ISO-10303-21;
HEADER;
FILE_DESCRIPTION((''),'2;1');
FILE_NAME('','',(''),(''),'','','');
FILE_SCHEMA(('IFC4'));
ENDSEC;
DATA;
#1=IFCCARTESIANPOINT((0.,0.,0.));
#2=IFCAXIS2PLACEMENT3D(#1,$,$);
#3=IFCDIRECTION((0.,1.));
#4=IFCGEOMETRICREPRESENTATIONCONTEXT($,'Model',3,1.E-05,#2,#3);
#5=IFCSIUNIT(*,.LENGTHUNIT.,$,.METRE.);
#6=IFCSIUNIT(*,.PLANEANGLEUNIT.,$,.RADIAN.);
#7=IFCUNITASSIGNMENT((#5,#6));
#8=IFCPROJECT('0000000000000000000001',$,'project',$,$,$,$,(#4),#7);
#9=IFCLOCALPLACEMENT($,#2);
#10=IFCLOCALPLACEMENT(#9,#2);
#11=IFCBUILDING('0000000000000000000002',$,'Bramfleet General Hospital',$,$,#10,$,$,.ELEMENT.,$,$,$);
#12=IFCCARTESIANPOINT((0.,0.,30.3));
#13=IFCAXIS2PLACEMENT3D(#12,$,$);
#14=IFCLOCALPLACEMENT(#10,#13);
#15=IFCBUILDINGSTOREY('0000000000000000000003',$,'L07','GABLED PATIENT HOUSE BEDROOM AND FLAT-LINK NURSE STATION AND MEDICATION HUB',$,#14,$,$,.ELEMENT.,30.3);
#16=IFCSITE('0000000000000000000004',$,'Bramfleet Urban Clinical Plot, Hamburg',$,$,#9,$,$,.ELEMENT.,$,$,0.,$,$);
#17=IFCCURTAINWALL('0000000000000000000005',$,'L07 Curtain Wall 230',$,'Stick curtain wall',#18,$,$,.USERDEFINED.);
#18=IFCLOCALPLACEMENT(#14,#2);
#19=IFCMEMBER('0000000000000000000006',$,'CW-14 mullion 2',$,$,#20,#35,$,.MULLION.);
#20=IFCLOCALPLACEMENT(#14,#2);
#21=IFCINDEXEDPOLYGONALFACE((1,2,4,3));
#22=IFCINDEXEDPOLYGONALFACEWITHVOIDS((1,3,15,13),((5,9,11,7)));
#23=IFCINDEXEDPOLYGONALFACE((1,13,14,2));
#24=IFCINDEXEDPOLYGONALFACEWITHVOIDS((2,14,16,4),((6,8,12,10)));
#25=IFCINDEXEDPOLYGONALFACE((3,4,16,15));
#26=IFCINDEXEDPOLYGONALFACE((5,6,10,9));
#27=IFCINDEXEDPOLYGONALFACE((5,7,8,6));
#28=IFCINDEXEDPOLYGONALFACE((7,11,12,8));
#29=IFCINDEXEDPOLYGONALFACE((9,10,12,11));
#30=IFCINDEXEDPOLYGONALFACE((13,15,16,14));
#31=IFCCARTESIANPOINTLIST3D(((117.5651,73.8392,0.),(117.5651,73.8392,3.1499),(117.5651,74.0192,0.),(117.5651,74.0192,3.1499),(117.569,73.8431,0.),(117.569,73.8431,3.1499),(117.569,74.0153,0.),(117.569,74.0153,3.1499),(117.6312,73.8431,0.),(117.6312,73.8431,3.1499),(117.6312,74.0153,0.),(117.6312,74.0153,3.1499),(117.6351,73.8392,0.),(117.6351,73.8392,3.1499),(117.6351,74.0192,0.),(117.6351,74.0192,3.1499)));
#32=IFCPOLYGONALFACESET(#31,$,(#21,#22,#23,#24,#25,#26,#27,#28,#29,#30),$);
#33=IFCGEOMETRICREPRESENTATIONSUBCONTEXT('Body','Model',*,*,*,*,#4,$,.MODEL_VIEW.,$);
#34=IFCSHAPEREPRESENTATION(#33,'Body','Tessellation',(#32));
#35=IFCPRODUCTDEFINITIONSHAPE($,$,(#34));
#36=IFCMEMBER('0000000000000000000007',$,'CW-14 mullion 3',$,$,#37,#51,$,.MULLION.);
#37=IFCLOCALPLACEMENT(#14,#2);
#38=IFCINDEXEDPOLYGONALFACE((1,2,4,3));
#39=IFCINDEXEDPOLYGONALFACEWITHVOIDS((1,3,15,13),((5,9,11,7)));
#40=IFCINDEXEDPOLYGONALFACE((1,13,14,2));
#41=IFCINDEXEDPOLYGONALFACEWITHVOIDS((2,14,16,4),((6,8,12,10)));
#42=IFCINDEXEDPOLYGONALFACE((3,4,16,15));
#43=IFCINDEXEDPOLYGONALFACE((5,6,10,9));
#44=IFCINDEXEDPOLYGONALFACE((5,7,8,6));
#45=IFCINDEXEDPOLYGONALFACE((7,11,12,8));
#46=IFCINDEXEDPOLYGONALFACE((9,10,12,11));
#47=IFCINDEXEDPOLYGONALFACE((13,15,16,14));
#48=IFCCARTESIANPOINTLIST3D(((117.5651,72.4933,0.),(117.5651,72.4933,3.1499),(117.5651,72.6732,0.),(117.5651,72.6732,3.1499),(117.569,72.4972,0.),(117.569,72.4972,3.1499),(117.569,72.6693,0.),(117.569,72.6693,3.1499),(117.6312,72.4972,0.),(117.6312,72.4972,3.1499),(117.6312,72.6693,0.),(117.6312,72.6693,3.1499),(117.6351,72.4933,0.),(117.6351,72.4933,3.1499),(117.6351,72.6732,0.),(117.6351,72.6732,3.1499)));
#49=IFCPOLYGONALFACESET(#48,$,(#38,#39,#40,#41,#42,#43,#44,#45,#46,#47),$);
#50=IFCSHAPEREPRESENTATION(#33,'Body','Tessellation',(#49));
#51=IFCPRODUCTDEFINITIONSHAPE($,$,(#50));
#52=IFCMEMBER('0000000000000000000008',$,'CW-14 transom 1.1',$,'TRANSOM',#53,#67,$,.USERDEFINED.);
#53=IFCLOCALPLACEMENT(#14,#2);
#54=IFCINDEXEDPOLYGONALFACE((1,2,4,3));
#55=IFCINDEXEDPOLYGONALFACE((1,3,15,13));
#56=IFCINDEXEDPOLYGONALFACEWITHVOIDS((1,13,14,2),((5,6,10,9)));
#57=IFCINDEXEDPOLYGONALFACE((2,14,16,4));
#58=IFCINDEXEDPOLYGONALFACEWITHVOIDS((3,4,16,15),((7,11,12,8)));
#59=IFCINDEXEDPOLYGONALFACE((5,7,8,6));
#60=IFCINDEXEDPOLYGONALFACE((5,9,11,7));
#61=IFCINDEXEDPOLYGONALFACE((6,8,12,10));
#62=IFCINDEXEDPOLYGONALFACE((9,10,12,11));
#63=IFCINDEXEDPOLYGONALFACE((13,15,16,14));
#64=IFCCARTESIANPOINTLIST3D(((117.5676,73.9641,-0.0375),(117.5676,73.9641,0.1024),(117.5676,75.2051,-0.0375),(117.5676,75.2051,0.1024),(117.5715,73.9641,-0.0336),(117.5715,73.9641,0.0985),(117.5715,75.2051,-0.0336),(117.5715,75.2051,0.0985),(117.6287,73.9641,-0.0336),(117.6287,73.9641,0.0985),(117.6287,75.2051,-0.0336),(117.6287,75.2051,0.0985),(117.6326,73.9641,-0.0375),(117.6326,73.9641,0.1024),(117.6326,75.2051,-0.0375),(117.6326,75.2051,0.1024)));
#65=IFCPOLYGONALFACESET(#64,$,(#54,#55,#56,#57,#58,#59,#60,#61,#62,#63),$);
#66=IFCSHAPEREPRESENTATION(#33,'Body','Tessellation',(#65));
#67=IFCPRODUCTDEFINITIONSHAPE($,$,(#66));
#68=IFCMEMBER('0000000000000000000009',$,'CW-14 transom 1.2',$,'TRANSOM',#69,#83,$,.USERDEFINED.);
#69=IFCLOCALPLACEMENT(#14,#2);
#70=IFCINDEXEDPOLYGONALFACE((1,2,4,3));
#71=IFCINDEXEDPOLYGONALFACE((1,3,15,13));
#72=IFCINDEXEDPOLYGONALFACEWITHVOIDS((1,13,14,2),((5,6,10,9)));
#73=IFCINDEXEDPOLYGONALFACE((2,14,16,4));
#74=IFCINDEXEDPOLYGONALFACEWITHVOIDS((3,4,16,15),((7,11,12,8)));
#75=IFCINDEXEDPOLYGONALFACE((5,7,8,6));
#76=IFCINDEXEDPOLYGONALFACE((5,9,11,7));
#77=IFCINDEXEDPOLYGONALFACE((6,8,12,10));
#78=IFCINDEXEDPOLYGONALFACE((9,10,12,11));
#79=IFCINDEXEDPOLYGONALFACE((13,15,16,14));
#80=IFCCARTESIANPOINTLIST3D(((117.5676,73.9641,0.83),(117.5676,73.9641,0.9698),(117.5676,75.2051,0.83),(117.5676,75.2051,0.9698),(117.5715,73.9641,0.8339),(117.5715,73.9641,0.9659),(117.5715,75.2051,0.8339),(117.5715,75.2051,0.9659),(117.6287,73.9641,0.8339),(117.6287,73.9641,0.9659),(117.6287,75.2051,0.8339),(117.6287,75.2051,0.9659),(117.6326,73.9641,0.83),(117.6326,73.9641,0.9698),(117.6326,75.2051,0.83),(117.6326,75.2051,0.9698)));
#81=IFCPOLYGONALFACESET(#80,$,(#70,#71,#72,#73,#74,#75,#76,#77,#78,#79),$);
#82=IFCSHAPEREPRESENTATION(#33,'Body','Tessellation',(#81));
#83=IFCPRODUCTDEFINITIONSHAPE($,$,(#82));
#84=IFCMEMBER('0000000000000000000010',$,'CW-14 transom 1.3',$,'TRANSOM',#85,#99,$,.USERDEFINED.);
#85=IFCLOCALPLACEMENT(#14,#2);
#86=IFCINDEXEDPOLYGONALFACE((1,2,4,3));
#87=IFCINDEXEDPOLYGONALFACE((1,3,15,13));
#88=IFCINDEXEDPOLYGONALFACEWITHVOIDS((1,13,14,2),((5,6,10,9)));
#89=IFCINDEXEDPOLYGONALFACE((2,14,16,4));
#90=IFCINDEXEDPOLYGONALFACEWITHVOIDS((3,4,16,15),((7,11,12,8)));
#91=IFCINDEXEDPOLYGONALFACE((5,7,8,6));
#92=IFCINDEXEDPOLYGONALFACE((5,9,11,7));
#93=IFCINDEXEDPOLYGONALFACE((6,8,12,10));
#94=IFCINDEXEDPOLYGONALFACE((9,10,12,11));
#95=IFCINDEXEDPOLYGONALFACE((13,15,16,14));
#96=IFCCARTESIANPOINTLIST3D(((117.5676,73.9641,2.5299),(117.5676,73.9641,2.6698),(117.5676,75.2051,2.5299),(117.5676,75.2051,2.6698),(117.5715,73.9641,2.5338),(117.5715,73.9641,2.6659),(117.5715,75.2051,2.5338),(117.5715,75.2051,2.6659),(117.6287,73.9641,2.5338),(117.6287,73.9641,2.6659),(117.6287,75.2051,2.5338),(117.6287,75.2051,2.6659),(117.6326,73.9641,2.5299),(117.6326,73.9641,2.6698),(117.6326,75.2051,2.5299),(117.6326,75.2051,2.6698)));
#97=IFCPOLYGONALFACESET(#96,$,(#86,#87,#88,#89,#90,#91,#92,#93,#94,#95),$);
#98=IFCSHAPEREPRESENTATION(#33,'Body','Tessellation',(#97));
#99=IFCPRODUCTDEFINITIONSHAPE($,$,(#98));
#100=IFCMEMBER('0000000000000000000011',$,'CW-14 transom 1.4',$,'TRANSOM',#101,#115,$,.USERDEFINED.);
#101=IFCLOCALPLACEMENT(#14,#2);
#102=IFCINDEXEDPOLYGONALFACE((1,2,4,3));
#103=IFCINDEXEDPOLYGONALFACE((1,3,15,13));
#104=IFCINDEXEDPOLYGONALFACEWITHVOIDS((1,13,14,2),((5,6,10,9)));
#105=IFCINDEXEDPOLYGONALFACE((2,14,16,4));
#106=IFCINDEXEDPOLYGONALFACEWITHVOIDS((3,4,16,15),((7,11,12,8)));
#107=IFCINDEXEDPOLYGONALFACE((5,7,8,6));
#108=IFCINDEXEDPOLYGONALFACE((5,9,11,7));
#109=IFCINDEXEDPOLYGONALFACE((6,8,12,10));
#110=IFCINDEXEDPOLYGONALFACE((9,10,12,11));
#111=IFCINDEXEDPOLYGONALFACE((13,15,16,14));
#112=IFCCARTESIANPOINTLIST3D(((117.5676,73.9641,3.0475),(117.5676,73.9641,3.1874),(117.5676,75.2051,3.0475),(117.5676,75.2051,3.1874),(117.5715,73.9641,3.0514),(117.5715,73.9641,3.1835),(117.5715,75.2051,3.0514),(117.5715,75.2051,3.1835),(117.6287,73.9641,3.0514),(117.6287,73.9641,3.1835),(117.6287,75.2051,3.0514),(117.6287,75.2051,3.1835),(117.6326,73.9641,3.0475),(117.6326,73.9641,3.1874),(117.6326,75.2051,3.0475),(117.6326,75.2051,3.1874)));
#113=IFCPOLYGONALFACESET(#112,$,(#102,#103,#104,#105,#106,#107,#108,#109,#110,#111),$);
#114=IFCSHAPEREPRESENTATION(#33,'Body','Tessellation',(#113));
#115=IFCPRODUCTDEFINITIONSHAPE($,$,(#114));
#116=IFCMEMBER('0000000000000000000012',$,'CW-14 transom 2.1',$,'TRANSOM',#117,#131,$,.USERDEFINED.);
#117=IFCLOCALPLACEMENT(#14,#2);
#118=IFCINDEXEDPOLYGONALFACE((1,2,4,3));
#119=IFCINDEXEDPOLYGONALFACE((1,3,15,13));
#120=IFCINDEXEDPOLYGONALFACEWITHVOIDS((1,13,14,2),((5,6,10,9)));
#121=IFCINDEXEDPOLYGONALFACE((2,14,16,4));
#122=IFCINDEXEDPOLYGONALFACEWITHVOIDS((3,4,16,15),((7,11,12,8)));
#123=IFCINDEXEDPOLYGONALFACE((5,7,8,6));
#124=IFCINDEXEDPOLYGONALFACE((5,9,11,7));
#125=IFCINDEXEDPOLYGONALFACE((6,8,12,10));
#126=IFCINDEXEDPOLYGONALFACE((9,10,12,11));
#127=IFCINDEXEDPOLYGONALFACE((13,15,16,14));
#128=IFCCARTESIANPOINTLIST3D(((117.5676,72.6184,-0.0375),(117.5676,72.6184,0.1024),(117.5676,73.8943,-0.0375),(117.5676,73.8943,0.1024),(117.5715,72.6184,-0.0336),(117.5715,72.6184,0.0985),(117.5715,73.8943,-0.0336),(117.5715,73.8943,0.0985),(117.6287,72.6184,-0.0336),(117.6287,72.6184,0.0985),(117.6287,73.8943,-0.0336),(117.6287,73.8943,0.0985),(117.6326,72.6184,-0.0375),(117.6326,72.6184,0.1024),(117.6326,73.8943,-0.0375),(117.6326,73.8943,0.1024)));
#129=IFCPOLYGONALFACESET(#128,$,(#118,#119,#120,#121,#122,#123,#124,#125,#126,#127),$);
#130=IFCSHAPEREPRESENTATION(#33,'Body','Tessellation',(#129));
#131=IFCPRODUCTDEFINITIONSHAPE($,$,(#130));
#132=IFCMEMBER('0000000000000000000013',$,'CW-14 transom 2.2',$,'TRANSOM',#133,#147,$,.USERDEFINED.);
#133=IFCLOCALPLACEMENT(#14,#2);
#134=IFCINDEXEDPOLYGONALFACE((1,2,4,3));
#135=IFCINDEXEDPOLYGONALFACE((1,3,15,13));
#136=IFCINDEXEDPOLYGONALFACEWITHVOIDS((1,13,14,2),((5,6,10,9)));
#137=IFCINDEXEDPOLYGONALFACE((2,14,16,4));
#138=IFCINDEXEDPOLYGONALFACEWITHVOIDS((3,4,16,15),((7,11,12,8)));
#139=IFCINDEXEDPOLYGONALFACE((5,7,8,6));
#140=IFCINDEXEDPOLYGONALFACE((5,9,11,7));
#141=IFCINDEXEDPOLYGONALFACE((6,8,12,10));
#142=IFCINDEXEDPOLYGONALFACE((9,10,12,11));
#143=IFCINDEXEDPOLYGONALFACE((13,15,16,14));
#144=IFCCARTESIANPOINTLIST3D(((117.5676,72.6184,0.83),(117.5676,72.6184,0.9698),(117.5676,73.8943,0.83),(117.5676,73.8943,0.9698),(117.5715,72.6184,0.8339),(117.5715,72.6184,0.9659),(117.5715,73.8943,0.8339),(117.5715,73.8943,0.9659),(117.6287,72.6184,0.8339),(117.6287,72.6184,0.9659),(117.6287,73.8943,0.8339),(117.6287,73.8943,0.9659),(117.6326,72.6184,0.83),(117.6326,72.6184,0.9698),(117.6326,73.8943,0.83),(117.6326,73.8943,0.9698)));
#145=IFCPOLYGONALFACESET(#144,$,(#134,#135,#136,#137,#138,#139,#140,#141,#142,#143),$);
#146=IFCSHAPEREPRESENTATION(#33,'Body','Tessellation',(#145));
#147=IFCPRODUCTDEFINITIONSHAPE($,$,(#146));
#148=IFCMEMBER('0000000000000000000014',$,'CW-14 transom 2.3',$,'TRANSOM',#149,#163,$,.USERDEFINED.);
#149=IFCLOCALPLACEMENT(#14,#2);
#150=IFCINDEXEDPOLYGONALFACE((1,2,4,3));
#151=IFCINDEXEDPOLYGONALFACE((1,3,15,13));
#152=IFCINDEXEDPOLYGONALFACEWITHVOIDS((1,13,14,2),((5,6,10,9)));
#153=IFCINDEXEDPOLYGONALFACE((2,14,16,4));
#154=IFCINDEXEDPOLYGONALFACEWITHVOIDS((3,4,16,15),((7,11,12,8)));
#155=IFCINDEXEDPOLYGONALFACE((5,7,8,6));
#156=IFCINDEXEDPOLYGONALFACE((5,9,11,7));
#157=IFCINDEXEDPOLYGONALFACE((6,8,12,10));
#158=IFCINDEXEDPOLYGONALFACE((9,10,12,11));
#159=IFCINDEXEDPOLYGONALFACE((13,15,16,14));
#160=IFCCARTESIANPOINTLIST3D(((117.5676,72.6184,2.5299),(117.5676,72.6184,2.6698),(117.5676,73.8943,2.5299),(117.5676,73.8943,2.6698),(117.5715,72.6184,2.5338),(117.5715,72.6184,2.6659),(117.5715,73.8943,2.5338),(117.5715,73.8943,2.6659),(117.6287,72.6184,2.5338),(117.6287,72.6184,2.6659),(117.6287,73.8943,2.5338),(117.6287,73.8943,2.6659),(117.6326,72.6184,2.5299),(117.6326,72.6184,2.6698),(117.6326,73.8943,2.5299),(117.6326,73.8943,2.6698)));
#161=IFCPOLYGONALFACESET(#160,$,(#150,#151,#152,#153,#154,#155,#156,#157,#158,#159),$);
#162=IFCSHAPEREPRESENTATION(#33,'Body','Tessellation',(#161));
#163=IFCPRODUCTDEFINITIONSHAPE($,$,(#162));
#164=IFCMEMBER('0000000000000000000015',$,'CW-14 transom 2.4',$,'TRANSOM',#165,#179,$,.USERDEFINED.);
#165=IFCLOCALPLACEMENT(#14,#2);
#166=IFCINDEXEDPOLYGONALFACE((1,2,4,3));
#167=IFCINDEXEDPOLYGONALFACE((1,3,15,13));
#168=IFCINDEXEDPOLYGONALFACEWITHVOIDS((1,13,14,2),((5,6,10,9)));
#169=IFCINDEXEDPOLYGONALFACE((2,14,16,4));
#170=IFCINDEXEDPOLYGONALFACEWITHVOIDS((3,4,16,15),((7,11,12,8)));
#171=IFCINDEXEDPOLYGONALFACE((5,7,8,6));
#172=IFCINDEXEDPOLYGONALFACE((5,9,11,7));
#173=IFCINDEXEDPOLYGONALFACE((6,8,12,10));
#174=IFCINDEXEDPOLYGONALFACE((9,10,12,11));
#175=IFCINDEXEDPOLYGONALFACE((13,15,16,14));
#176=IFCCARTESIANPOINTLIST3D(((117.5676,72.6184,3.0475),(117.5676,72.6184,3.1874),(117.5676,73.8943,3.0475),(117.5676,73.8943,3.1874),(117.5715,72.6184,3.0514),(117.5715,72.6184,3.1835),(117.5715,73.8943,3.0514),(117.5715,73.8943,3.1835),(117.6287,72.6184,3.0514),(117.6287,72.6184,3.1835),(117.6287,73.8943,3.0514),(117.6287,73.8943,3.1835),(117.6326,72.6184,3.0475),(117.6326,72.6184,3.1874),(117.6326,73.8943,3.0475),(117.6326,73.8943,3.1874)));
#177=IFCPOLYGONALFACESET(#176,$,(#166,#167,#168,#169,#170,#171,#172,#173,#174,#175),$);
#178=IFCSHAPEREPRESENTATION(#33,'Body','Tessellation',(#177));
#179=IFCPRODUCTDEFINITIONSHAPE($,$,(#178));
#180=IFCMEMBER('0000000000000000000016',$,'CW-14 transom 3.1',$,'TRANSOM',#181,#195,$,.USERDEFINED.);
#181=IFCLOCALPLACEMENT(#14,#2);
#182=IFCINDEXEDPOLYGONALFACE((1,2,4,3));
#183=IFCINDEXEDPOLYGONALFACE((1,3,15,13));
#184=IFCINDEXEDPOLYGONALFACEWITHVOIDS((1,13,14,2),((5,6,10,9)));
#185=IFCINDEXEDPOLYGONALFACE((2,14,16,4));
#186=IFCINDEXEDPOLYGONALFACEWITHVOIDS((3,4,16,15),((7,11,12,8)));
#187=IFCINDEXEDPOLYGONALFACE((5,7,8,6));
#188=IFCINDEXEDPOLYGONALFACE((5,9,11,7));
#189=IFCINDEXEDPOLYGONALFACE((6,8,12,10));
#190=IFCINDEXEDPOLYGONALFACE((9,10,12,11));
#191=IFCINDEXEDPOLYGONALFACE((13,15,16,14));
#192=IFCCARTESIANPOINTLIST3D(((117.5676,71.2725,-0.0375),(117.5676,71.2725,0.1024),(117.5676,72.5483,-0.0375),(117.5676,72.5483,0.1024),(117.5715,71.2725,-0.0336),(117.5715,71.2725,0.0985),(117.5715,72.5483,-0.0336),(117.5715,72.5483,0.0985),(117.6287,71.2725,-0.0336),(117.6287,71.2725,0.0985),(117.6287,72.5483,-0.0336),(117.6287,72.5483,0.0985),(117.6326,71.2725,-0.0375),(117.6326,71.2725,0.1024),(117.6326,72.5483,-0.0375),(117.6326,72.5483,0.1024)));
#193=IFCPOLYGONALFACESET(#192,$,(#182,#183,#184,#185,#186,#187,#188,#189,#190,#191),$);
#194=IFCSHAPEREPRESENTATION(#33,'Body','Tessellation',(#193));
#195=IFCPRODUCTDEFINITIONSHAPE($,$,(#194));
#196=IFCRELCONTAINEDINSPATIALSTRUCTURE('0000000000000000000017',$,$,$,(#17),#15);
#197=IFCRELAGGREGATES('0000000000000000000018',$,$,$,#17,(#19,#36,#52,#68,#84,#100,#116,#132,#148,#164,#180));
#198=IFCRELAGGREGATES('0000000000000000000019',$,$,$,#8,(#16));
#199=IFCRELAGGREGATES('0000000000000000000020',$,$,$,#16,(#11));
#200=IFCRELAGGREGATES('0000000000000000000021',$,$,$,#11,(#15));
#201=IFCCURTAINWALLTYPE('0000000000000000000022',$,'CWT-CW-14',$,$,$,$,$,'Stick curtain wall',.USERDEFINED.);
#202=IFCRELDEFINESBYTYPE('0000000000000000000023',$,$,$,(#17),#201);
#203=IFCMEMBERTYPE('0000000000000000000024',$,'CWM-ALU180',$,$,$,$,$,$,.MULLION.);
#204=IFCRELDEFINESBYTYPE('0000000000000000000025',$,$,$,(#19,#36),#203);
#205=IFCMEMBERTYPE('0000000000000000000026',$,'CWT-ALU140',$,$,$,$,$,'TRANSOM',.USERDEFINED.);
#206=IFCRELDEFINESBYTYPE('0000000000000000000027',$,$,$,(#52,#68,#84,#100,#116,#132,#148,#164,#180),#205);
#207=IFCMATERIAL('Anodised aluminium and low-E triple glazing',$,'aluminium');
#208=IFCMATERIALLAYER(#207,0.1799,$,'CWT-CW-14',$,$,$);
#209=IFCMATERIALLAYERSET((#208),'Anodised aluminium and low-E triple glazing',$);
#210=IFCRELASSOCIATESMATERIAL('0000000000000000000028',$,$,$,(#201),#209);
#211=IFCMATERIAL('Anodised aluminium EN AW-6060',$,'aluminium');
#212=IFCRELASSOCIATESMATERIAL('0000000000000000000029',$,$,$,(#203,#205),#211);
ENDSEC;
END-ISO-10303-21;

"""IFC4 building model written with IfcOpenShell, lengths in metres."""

from ifc_helpers import new_model, si_unit, direction, frame, origin, origin_2d, place, context, subcontext, project, spatial, hollow_rectangle, extrude, material, layer, layer_set, material_profile, profile_set, type_object, element, aggregate, save


model = new_model("IFC4")

# Units and contexts
model_context = context("Model", 3, precision=1e-05, world=origin(), true_north=direction((0.0, 1.0)))
body_context = subcontext(model_context, "Body", "Model", "MODEL_VIEW")
ifc_project = project(units=[si_unit("LENGTHUNIT", "METRE"), si_unit("PLANEANGLEUNIT", "RADIAN")], contexts=[model_context])

# Site, building, storey
site_placement = place(None, origin())
site = spatial("IfcSite", under=ifc_project, at=site_placement, Name="Bramfleet Urban Clinical Plot, Hamburg", CompositionType="ELEMENT", RefElevation=0.0)
building_placement = place(site_placement, origin())
building = spatial("IfcBuilding", under=site, at=building_placement, Name="Bramfleet General Hospital", CompositionType="ELEMENT")
storey_placement = place(building_placement, frame((0.0, 0.0, 30.3)))
storey = spatial("IfcBuildingStorey", under=building, at=storey_placement, Name="L07", Description="GABLED PATIENT HOUSE BEDROOM AND FLAT-LINK NURSE STATION AND MEDICATION HUB", CompositionType="ELEMENT", Elevation=30.3)

# Curtain wall, members
ifc_material_1 = material(Name="Anodised aluminium and low-E triple glazing", Category="aluminium")
ifc_layer_1 = layer(ifc_material_1, 0.1799, Name="CWT-CW-14")
ifc_layer_set_1 = layer_set([ifc_layer_1], Name="Anodised aluminium and low-E triple glazing")
curtain_wall_type = type_object("IfcCurtainWallType", Name="CWT-CW-14", ElementType="Stick curtain wall", PredefinedType="USERDEFINED", material=ifc_layer_set_1)
curtain_wall_placement = place(storey_placement, origin())
curtain_wall = element("IfcCurtainWall", 1, at=curtain_wall_placement, inside=storey, type_object=curtain_wall_type, Name="L07 Curtain Wall 230", ObjectType="Stick curtain wall", PredefinedType="USERDEFINED")
ifc_material_2 = material(Name="Anodised aluminium EN AW-6060", Category="aluminium")
ifc_material_profile_1 = material_profile(ifc_material_2, hollow_rectangle(XDim=0.0701, YDim=0.1799, WallThickness=0.0039, at=origin_2d()), Name="ALU 180x70x4.0")
ifc_profile_set_1 = profile_set([ifc_material_profile_1], Name="Anodised aluminium EN AW-6060")
member_type_1 = type_object("IfcMemberType", Name="CWM-ALU180", PredefinedType="MULLION", material=ifc_profile_set_1)
member_1_placement = place(storey_placement, frame((117.6001, 73.9292, 0.0), z_axis=(0.0, 0.0, 1.0), x_axis=(1.0, 0.0, 0.0)))
member_1 = element("IfcMember", 2, at=member_1_placement, type_object=member_type_1, Name="CW-14 mullion 2", PredefinedType="MULLION", context=body_context, shape_type="SweptSolid", body=[
    extrude(hollow_rectangle(XDim=0.0701, YDim=0.1799, WallThickness=0.0039, at=origin_2d()), origin(), (0.0, 0.0, 1.0), 3.1499),
])
member_2_placement = place(storey_placement, frame((117.6001, 72.5833, 0.0), z_axis=(0.0, 0.0, 1.0), x_axis=(1.0, 0.0, 0.0)))
member_2 = element("IfcMember", 3, at=member_2_placement, type_object=member_type_1, Name="CW-14 mullion 3", PredefinedType="MULLION", context=body_context, shape_type="SweptSolid", body=[
    extrude(hollow_rectangle(XDim=0.0701, YDim=0.1799, WallThickness=0.0039, at=origin_2d()), origin(), (0.0, 0.0, 1.0), 3.1499),
])
ifc_material_profile_2 = material_profile(ifc_material_2, hollow_rectangle(XDim=0.0649, YDim=0.1399, WallThickness=0.0039, at=origin_2d()), Name="ALU 140x65x4.0")
ifc_profile_set_2 = profile_set([ifc_material_profile_2], Name="Anodised aluminium EN AW-6060")
member_type_2 = type_object("IfcMemberType", Name="CWT-ALU140", ElementType="TRANSOM", PredefinedType="USERDEFINED", material=ifc_profile_set_2)
member_3_placement = place(storey_placement, frame((117.6001, 75.2051, 0.0325), z_axis=(0.0, -1.0, 0.0), x_axis=(1.0, 0.0, 0.0)))
member_3 = element("IfcMember", 4, at=member_3_placement, type_object=member_type_2, Name="CW-14 transom 1.1", ObjectType="TRANSOM", PredefinedType="USERDEFINED", context=body_context, shape_type="SweptSolid", body=[
    extrude(hollow_rectangle(XDim=0.0649, YDim=0.1399, WallThickness=0.0039, at=origin_2d()), origin(), (0.0, 0.0, 1.0), 1.241),
])
member_4_placement = place(storey_placement, frame((117.6001, 75.2051, 0.8999), z_axis=(0.0, -1.0, 0.0), x_axis=(1.0, 0.0, 0.0)))
member_4 = element("IfcMember", 5, at=member_4_placement, type_object=member_type_2, Name="CW-14 transom 1.2", ObjectType="TRANSOM", PredefinedType="USERDEFINED", context=body_context, shape_type="SweptSolid", body=[
    extrude(hollow_rectangle(XDim=0.0649, YDim=0.1399, WallThickness=0.0039, at=origin_2d()), origin(), (0.0, 0.0, 1.0), 1.241),
])
member_5_placement = place(storey_placement, frame((117.6001, 75.2051, 2.5999), z_axis=(0.0, -1.0, 0.0), x_axis=(1.0, 0.0, 0.0)))
member_5 = element("IfcMember", 6, at=member_5_placement, type_object=member_type_2, Name="CW-14 transom 1.3", ObjectType="TRANSOM", PredefinedType="USERDEFINED", context=body_context, shape_type="SweptSolid", body=[
    extrude(hollow_rectangle(XDim=0.0649, YDim=0.1399, WallThickness=0.0039, at=origin_2d()), origin(), (0.0, 0.0, 1.0), 1.241),
])
member_6_placement = place(storey_placement, frame((117.6001, 75.2051, 3.1174), z_axis=(0.0, -1.0, 0.0), x_axis=(1.0, 0.0, 0.0)))
member_6 = element("IfcMember", 7, at=member_6_placement, type_object=member_type_2, Name="CW-14 transom 1.4", ObjectType="TRANSOM", PredefinedType="USERDEFINED", context=body_context, shape_type="SweptSolid", body=[
    extrude(hollow_rectangle(XDim=0.0649, YDim=0.1399, WallThickness=0.0039, at=origin_2d()), origin(), (0.0, 0.0, 1.0), 1.241),
])
member_7_placement = place(storey_placement, frame((117.6001, 73.8943, 0.0325), z_axis=(0.0, -1.0, 0.0), x_axis=(1.0, 0.0, 0.0)))
member_7 = element("IfcMember", 8, at=member_7_placement, type_object=member_type_2, Name="CW-14 transom 2.1", ObjectType="TRANSOM", PredefinedType="USERDEFINED", context=body_context, shape_type="SweptSolid", body=[
    extrude(hollow_rectangle(XDim=0.0649, YDim=0.1399, WallThickness=0.0039, at=origin_2d()), origin(), (0.0, 0.0, 1.0), 1.2759),
])
member_8_placement = place(storey_placement, frame((117.6001, 73.8943, 0.8999), z_axis=(0.0, -1.0, 0.0), x_axis=(1.0, 0.0, 0.0)))
member_8 = element("IfcMember", 9, at=member_8_placement, type_object=member_type_2, Name="CW-14 transom 2.2", ObjectType="TRANSOM", PredefinedType="USERDEFINED", context=body_context, shape_type="SweptSolid", body=[
    extrude(hollow_rectangle(XDim=0.0649, YDim=0.1399, WallThickness=0.0039, at=origin_2d()), origin(), (0.0, 0.0, 1.0), 1.2759),
])
member_9_placement = place(storey_placement, frame((117.6001, 73.8943, 2.5999), z_axis=(0.0, -1.0, 0.0), x_axis=(1.0, 0.0, 0.0)))
member_9 = element("IfcMember", 10, at=member_9_placement, type_object=member_type_2, Name="CW-14 transom 2.3", ObjectType="TRANSOM", PredefinedType="USERDEFINED", context=body_context, shape_type="SweptSolid", body=[
    extrude(hollow_rectangle(XDim=0.0649, YDim=0.1399, WallThickness=0.0039, at=origin_2d()), origin(), (0.0, 0.0, 1.0), 1.2759),
])
member_10_placement = place(storey_placement, frame((117.6001, 73.8943, 3.1174), z_axis=(0.0, -1.0, 0.0), x_axis=(1.0, 0.0, 0.0)))
member_10 = element("IfcMember", 11, at=member_10_placement, type_object=member_type_2, Name="CW-14 transom 2.4", ObjectType="TRANSOM", PredefinedType="USERDEFINED", context=body_context, shape_type="SweptSolid", body=[
    extrude(hollow_rectangle(XDim=0.0649, YDim=0.1399, WallThickness=0.0039, at=origin_2d()), origin(), (0.0, 0.0, 1.0), 1.2759),
])
member_11_placement = place(storey_placement, frame((117.6001, 72.5483, 0.0325), z_axis=(0.0, -1.0, 0.0), x_axis=(1.0, 0.0, 0.0)))
member_11 = element("IfcMember", 12, at=member_11_placement, type_object=member_type_2, Name="CW-14 transom 3.1", ObjectType="TRANSOM", PredefinedType="USERDEFINED", context=body_context, shape_type="SweptSolid", body=[
    extrude(hollow_rectangle(XDim=0.0649, YDim=0.1399, WallThickness=0.0039, at=origin_2d()), origin(), (0.0, 0.0, 1.0), 1.2759),
])
aggregate(curtain_wall, [member_1, member_2, member_3, member_4, member_5, member_6, member_7, member_8, member_9, member_10, member_11])

save(model, "model.ifc")
